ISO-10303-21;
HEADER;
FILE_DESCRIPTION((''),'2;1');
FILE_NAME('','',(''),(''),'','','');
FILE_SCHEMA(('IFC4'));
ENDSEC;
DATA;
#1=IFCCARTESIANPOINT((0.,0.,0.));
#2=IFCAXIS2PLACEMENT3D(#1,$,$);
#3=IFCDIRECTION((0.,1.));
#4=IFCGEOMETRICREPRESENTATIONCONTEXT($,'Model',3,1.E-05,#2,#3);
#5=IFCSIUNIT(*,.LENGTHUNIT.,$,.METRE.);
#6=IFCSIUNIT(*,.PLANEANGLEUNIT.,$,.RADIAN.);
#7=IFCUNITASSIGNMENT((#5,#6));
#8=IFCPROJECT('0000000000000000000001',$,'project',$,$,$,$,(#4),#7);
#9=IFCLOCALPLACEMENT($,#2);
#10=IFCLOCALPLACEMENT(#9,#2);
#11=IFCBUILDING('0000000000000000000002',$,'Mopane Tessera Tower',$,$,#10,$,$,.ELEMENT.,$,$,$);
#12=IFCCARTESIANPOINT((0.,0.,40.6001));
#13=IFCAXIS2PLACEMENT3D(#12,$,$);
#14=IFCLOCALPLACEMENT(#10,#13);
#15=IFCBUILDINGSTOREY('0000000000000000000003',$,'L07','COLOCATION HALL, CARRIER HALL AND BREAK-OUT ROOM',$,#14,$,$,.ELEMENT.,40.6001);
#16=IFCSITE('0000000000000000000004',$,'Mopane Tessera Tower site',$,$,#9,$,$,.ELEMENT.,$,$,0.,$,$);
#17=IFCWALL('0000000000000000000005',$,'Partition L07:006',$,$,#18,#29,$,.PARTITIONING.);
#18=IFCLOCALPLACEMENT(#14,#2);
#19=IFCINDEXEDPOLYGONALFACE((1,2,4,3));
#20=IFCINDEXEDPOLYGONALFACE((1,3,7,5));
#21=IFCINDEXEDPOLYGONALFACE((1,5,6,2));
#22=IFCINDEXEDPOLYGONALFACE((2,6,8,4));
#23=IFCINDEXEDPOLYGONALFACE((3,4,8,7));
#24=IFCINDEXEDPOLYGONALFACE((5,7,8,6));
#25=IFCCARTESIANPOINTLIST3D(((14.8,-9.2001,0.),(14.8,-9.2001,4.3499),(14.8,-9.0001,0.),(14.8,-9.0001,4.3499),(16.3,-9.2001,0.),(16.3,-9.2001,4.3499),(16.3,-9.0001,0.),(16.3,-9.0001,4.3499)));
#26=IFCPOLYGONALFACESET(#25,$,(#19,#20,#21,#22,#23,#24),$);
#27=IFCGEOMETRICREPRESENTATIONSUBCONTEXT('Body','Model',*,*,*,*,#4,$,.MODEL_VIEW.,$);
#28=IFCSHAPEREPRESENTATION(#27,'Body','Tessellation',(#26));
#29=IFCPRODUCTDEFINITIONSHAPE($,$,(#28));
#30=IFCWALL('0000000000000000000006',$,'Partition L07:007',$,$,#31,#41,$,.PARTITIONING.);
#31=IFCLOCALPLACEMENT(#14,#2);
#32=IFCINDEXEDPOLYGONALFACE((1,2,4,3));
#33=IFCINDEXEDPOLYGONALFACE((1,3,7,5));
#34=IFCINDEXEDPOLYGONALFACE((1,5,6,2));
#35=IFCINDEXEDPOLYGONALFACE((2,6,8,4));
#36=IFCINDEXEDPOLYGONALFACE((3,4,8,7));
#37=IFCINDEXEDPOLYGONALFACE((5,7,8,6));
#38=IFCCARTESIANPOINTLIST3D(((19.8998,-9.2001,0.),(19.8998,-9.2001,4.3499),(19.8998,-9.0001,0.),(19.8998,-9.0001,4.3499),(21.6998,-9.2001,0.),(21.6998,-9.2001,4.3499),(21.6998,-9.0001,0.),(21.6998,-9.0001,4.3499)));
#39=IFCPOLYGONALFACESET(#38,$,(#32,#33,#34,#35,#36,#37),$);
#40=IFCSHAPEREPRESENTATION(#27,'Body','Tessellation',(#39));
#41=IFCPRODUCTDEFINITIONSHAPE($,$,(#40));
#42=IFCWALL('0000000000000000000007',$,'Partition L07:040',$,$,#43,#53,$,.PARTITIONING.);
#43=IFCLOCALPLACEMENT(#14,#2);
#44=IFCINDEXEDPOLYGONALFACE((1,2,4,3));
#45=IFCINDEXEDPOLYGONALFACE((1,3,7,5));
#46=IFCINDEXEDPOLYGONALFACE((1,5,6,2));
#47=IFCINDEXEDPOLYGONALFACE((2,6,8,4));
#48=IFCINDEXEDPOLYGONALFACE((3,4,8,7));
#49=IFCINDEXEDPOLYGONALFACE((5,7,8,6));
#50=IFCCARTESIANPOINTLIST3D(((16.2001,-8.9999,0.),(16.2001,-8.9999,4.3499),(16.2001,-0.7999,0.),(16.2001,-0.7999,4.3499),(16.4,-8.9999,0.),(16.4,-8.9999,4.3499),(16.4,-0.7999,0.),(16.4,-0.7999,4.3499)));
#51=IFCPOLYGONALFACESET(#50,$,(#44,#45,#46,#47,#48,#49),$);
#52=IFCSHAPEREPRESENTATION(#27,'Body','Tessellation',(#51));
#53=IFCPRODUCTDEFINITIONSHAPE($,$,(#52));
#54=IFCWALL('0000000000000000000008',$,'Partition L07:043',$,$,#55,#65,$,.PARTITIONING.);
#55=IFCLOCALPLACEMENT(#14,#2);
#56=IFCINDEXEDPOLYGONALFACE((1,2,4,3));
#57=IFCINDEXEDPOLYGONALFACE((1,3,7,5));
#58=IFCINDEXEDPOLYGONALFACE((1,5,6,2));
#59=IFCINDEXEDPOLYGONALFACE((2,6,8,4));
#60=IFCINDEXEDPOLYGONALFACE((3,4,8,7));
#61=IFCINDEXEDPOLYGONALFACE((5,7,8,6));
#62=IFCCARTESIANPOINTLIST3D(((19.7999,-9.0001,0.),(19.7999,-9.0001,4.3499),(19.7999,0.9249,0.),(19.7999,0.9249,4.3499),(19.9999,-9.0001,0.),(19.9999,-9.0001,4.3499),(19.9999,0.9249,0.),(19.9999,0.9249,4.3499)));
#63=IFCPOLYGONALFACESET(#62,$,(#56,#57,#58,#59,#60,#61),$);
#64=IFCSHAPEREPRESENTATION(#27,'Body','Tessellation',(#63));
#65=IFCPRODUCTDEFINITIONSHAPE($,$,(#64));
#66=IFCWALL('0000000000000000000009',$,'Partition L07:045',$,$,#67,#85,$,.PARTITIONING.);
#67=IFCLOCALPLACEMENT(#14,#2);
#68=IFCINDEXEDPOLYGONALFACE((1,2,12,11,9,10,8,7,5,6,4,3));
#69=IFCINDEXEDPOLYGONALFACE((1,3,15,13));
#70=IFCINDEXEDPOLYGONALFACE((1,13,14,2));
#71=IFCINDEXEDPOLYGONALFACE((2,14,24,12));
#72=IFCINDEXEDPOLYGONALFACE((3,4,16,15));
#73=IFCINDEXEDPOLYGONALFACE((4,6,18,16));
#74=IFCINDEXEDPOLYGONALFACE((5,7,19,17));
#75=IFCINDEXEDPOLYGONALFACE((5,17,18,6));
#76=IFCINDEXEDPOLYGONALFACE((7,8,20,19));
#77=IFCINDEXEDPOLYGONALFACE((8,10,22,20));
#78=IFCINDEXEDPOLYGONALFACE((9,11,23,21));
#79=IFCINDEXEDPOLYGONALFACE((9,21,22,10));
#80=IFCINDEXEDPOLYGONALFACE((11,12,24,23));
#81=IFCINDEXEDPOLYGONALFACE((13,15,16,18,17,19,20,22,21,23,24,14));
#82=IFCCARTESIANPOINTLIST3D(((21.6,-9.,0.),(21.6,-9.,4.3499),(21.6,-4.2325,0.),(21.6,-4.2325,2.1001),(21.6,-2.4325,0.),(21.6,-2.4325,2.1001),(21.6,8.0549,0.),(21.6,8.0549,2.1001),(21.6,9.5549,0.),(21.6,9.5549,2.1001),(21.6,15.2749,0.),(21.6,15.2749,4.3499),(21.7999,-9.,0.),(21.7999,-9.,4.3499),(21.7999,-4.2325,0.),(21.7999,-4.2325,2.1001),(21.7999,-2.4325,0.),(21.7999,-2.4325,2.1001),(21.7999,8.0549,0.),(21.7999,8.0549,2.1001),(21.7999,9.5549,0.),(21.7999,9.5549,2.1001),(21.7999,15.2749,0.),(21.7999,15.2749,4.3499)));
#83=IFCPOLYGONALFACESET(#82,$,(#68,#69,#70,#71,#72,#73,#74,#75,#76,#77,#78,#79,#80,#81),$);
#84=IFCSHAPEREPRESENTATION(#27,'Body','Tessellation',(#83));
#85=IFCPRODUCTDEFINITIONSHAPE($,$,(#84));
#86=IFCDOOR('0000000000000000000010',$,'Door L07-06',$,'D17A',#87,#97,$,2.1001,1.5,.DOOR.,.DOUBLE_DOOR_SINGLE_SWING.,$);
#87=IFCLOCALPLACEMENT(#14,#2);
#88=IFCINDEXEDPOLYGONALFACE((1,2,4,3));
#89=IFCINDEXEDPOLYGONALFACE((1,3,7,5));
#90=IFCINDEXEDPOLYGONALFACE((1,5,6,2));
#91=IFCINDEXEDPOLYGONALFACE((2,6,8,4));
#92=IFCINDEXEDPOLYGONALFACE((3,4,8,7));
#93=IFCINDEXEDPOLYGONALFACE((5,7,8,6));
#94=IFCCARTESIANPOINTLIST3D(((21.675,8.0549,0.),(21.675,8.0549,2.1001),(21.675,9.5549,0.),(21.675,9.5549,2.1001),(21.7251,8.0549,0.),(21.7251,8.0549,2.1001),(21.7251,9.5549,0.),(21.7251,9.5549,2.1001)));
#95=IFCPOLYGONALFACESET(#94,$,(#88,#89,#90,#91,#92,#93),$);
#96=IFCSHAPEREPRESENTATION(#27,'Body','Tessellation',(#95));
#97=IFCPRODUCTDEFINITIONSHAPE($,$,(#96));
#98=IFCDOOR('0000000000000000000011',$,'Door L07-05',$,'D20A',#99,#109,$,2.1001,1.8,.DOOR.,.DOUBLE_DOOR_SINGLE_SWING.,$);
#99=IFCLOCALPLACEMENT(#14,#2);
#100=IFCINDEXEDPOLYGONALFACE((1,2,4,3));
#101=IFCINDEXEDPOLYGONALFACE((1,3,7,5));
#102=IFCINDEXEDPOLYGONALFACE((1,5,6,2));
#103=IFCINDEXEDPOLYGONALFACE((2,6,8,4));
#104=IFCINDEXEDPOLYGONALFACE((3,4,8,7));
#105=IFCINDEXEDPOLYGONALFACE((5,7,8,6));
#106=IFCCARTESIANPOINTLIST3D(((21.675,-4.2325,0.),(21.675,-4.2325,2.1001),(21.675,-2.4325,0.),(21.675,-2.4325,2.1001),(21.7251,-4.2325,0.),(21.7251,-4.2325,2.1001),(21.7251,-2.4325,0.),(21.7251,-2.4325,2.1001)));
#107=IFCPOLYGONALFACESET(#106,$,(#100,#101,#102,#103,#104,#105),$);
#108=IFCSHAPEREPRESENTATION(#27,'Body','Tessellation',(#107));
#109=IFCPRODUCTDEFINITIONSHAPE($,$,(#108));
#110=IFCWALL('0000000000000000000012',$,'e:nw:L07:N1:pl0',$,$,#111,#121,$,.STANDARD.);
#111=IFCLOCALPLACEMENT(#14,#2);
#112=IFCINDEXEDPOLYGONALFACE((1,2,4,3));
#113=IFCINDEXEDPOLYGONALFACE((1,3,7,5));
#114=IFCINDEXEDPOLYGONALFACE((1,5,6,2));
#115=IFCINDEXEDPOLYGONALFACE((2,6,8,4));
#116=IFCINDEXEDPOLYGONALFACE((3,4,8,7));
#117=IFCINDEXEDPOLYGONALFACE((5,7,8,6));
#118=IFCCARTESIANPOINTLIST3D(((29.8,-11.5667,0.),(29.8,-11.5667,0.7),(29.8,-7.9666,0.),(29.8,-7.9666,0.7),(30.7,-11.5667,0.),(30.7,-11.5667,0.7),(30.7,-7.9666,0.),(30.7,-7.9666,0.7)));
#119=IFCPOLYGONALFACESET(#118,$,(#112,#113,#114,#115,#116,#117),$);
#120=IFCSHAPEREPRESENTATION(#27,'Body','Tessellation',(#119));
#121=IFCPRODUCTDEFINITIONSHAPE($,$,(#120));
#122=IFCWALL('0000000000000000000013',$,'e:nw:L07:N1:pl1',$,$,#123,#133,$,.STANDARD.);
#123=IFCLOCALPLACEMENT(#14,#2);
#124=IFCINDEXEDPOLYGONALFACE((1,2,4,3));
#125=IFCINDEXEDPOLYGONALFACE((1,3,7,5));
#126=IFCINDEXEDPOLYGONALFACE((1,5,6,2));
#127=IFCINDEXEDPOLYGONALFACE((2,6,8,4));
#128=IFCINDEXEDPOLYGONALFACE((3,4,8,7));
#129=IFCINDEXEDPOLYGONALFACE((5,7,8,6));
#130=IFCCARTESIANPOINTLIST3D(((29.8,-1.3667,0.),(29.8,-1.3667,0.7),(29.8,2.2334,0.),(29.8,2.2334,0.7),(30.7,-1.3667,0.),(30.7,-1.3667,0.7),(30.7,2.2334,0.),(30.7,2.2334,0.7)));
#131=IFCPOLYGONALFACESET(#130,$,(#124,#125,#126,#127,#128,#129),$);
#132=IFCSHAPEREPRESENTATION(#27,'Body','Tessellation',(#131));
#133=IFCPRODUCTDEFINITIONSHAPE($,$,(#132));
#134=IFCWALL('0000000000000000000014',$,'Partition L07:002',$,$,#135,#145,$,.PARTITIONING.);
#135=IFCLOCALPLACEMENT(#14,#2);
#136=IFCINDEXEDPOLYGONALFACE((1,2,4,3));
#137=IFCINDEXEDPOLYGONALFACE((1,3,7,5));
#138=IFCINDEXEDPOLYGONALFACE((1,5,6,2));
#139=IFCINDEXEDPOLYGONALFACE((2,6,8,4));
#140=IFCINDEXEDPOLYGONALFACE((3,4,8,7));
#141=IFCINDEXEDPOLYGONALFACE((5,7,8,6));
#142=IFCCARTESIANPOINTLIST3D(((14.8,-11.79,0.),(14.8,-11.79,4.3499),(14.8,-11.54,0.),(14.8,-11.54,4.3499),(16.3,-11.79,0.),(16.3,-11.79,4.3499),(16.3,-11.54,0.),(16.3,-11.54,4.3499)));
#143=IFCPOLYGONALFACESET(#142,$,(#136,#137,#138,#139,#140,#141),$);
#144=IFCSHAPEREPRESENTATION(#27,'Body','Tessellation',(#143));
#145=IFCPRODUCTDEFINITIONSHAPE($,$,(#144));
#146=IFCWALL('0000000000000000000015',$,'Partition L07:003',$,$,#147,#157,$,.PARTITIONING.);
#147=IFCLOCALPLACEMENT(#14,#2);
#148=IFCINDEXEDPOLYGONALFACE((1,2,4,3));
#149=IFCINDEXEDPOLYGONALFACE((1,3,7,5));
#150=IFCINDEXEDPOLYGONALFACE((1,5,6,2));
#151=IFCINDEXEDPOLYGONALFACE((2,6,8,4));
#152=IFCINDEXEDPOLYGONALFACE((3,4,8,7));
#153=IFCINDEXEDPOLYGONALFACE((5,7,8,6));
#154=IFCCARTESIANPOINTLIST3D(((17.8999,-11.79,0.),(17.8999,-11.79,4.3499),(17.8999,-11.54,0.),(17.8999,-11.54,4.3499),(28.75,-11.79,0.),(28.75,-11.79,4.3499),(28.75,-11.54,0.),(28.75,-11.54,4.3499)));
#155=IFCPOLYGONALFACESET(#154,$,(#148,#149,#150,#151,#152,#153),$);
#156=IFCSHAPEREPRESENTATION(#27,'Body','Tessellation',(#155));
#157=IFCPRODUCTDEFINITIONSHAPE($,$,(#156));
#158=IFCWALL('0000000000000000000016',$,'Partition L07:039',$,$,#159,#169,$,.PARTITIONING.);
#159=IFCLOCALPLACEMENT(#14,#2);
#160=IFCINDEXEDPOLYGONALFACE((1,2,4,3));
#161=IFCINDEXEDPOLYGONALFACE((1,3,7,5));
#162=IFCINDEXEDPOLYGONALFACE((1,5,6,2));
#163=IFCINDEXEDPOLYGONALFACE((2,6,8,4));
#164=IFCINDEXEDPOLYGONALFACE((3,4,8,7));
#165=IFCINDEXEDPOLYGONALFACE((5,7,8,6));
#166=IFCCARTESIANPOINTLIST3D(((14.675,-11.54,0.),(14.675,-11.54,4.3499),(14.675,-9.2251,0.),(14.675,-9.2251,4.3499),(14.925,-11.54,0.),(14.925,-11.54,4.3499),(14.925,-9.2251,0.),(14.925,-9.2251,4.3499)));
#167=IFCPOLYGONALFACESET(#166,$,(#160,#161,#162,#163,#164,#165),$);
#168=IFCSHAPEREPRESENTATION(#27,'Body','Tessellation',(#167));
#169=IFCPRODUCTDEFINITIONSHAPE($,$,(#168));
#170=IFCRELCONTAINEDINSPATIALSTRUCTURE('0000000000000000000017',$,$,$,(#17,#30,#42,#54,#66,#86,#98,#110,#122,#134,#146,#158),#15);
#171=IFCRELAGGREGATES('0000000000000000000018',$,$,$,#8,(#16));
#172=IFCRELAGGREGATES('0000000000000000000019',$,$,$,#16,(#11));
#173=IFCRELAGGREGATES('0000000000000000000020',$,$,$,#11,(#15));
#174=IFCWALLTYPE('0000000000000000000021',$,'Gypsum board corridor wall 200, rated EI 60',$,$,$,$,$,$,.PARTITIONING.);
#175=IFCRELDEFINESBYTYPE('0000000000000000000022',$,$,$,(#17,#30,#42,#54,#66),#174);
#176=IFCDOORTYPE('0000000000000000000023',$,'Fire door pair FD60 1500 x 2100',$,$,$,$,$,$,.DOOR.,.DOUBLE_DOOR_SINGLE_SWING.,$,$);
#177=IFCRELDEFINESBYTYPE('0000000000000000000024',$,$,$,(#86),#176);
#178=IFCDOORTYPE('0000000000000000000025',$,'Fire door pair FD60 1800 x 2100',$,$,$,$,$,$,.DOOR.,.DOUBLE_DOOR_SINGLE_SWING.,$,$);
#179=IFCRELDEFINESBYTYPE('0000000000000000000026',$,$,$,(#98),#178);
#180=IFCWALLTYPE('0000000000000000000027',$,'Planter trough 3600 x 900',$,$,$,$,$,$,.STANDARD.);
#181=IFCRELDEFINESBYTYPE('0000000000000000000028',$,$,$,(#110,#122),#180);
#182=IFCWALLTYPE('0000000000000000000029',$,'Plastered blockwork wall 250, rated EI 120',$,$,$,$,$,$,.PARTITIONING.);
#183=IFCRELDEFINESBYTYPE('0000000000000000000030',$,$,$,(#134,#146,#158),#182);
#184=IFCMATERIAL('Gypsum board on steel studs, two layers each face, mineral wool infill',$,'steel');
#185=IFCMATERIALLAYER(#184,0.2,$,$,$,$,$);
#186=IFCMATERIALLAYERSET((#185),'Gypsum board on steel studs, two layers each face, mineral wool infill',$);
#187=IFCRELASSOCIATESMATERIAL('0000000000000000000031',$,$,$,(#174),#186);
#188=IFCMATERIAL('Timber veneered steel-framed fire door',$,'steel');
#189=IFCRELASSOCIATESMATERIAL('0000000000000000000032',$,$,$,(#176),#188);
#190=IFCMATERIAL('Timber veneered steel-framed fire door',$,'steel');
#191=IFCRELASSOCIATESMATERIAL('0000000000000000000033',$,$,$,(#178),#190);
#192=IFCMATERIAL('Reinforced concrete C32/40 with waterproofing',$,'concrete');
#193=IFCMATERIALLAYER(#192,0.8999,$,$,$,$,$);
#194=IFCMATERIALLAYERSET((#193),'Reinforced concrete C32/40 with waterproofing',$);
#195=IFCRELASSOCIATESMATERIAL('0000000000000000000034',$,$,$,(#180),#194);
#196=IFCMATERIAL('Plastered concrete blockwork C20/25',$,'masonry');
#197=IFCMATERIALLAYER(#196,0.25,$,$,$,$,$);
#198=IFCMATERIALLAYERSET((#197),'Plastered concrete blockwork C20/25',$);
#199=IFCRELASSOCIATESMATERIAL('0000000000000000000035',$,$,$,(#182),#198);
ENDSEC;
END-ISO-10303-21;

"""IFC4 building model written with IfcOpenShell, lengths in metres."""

from ifc_helpers import new_model, si_unit, direction, frame, frame_2d, origin, place, context, subcontext, project, spatial, rectangle, extrude, material, layer, layer_set, type_object, element, fill, save


model = new_model("IFC4")

# Units and contexts
model_context = context("Model", 3, precision=1e-05, world=origin(), true_north=direction((0.0, 1.0)))
body_context = subcontext(model_context, "Body", "Model", "MODEL_VIEW")
ifc_project = project(units=[si_unit("LENGTHUNIT", "METRE"), si_unit("PLANEANGLEUNIT", "RADIAN")], contexts=[model_context])

# Site, building, storey
site_placement = place(None, origin())
site = spatial("IfcSite", under=ifc_project, at=site_placement, Name="Mopane Tessera Tower site", CompositionType="ELEMENT", RefElevation=0.0)
building_placement = place(site_placement, origin())
building = spatial("IfcBuilding", under=site, at=building_placement, Name="Mopane Tessera Tower", CompositionType="ELEMENT")
storey_placement = place(building_placement, frame((0.0, 0.0, 40.6001)))
storey = spatial("IfcBuildingStorey", under=building, at=storey_placement, Name="L07", Description="COLOCATION HALL, CARRIER HALL AND BREAK-OUT ROOM", CompositionType="ELEMENT", Elevation=40.6001)

# Walls
ifc_material_1 = material(Name="Gypsum board on steel studs, two layers each face, mineral wool infill", Category="steel")
ifc_layer_1 = layer(ifc_material_1, 0.2)
ifc_layer_set_1 = layer_set([ifc_layer_1], Name="Gypsum board on steel studs, two layers each face, mineral wool infill")
wall_type_1 = type_object("IfcWallType", Name="Gypsum board corridor wall 200, rated EI 60", PredefinedType="PARTITIONING", material=ifc_layer_set_1)
wall_1_placement = place(storey_placement, frame((14.8, -9.1001, 0.0), z_axis=(0.0, 0.0, 1.0), x_axis=(1.0, 0.0, 0.0)))
element("IfcWall", 1, at=wall_1_placement, inside=storey, type_object=wall_type_1, Name="Partition L07:006", PredefinedType="PARTITIONING", context=body_context, shape_type="SweptSolid", body=[
    extrude(rectangle(XDim=1.5, YDim=0.2, at=frame_2d((0.75, 0.0))), origin(), (0.0, 0.0, 1.0), 4.3499),
])
wall_2_placement = place(storey_placement, frame((19.8999, -9.1001, 0.0), z_axis=(0.0, 0.0, 1.0), x_axis=(1.0, 0.0, 0.0)))
element("IfcWall", 2, at=wall_2_placement, inside=storey, type_object=wall_type_1, Name="Partition L07:007", PredefinedType="PARTITIONING", context=body_context, shape_type="SweptSolid", body=[
    extrude(rectangle(XDim=1.8, YDim=0.2, at=frame_2d((0.8999, 0.0))), origin(), (0.0, 0.0, 1.0), 4.3499),
])
wall_3_placement = place(storey_placement, frame((16.3, -9.0, 0.0), z_axis=(0.0, 0.0, 1.0), x_axis=(0.0, 1.0, 0.0)))
element("IfcWall", 3, at=wall_3_placement, inside=storey, type_object=wall_type_1, Name="Partition L07:040", PredefinedType="PARTITIONING", context=body_context, shape_type="SweptSolid", body=[
    extrude(rectangle(XDim=8.2, YDim=0.2, at=frame_2d((4.1001, 0.0))), origin(), (0.0, 0.0, 1.0), 4.3499),
])
wall_4_placement = place(storey_placement, frame((19.8999, -9.0, 0.0), z_axis=(0.0, 0.0, 1.0), x_axis=(0.0, 1.0, 0.0)))
element("IfcWall", 4, at=wall_4_placement, inside=storey, type_object=wall_type_1, Name="Partition L07:043", PredefinedType="PARTITIONING", context=body_context, shape_type="SweptSolid", body=[
    extrude(rectangle(XDim=9.925, YDim=0.2, at=frame_2d((4.9624, 0.0))), origin(), (0.0, 0.0, 1.0), 4.3499),
])

# Wall, openings, doors
wall_5_placement = place(storey_placement, frame((21.7, -9.0, 0.0), z_axis=(0.0, 0.0, 1.0), x_axis=(0.0, 1.0, 0.0)))
wall_5 = element("IfcWall", 5, at=wall_5_placement, inside=storey, type_object=wall_type_1, Name="Partition L07:045", PredefinedType="PARTITIONING", context=body_context, shape_type="SweptSolid", body=[
    extrude(rectangle(XDim=24.2749, YDim=0.2, at=frame_2d((12.1375, 0.0))), origin(), (0.0, 0.0, 1.0), 4.3499),
])
opening_1_placement = place(wall_5_placement, frame((4.7676, 0.0, 0.0)))
opening_1 = element("IfcOpeningElement", 6, at=opening_1_placement, cuts=wall_5, PredefinedType="OPENING", context=body_context, shape_type="SweptSolid", body=[
    extrude(rectangle(XDim=1.8, YDim=2.1001, at=frame_2d((0.8999, 1.05))), frame((0.0, 0.1121, 0.0), z_axis=(0.0, -1.0, 0.0), x_axis=(1.0, 0.0, 0.0)), (0.0, 0.0, 1.0), 0.2239),
])
opening_2_placement = place(wall_5_placement, frame((17.0549, 0.0, 0.0)))
opening_2 = element("IfcOpeningElement", 7, at=opening_2_placement, cuts=wall_5, PredefinedType="OPENING", context=body_context, shape_type="SweptSolid", body=[
    extrude(rectangle(XDim=1.5, YDim=2.1001, at=frame_2d((0.75, 1.05))), frame((0.0, 0.1121, 0.0), z_axis=(0.0, -1.0, 0.0), x_axis=(1.0, 0.0, 0.0)), (0.0, 0.0, 1.0), 0.2239),
])
ifc_material_2 = material(Name="Timber veneered steel-framed fire door", Category="steel")
door_type_1 = type_object("IfcDoorType", Name="Fire door pair FD60 1500 x 2100", OperationType="DOUBLE_DOOR_SINGLE_SWING", PredefinedType="DOOR", material=ifc_material_2)
door_1_placement = place(opening_2_placement, origin())
door_1 = element("IfcDoor", 8, at=door_1_placement, inside=storey, type_object=door_type_1, Name="Door L07-06", ObjectType="D17A", OperationType="DOUBLE_DOOR_SINGLE_SWING", OverallHeight=2.1001, OverallWidth=1.5, PredefinedType="DOOR", context=body_context, shape_type="SweptSolid", body=[
    extrude(rectangle(XDim=1.5, YDim=2.1001, at=frame_2d((0.75, 1.05))), frame((0.0, 0.0249, 0.0), z_axis=(0.0, -1.0, 0.0), x_axis=(1.0, 0.0, 0.0)), (0.0, 0.0, 1.0), 0.05),
])
fill(opening_2, door_1)
ifc_material_3 = material(Name="Timber veneered steel-framed fire door", Category="steel")
door_type_2 = type_object("IfcDoorType", Name="Fire door pair FD60 1800 x 2100", OperationType="DOUBLE_DOOR_SINGLE_SWING", PredefinedType="DOOR", material=ifc_material_3)
door_2_placement = place(opening_1_placement, origin())
door_2 = element("IfcDoor", 9, at=door_2_placement, inside=storey, type_object=door_type_2, Name="Door L07-05", ObjectType="D20A", OperationType="DOUBLE_DOOR_SINGLE_SWING", OverallHeight=2.1001, OverallWidth=1.8, PredefinedType="DOOR", context=body_context, shape_type="SweptSolid", body=[
    extrude(rectangle(XDim=1.8, YDim=2.1001, at=frame_2d((0.8999, 1.05))), frame((0.0, 0.0249, 0.0), z_axis=(0.0, -1.0, 0.0), x_axis=(1.0, 0.0, 0.0)), (0.0, 0.0, 1.0), 0.05),
])
fill(opening_1, door_2)

# Walls
ifc_material_4 = material(Name="Reinforced concrete C32/40 with waterproofing", Category="concrete")
ifc_layer_2 = layer(ifc_material_4, 0.8999)
ifc_layer_set_2 = layer_set([ifc_layer_2], Name="Reinforced concrete C32/40 with waterproofing")
wall_type_2 = type_object("IfcWallType", Name="Planter trough 3600 x 900", PredefinedType="STANDARD", material=ifc_layer_set_2)
for number, where, z_axis, x_axis, name in (
    (10, (30.25, -11.5667, 0.0), (0.0, 0.0, 1.0), (0.0, 1.0, 0.0), "e:nw:L07:N1:pl0"),
    (11, (30.25, -1.3667, 0.0), (0.0, 0.0, 1.0), (0.0, 1.0, 0.0), "e:nw:L07:N1:pl1"),
):
    element("IfcWall", number, at=place(storey_placement, frame(where, z_axis=z_axis, x_axis=x_axis)), inside=storey, type_object=wall_type_2, Name=name, PredefinedType="STANDARD", context=body_context, shape_type="SweptSolid", body=[
        extrude(rectangle(XDim=3.6001, YDim=0.8999, at=frame_2d((1.8, 0.0))), origin(), (0.0, 0.0, 1.0), 0.7),
    ])
ifc_material_5 = material(Name="Plastered concrete blockwork C20/25", Category="masonry")
ifc_layer_3 = layer(ifc_material_5, 0.25)
ifc_layer_set_3 = layer_set([ifc_layer_3], Name="Plastered concrete blockwork C20/25")
wall_type_3 = type_object("IfcWallType", Name="Plastered blockwork wall 250, rated EI 120", PredefinedType="PARTITIONING", material=ifc_layer_set_3)
wall_6_placement = place(storey_placement, frame((14.8, -11.665, 0.0), z_axis=(0.0, 0.0, 1.0), x_axis=(1.0, 0.0, 0.0)))
element("IfcWall", 12, at=wall_6_placement, inside=storey, type_object=wall_type_3, Name="Partition L07:002", PredefinedType="PARTITIONING", context=body_context, shape_type="SweptSolid", body=[
    extrude(rectangle(XDim=1.5, YDim=0.25, at=frame_2d((0.75, 0.0))), origin(), (0.0, 0.0, 1.0), 4.3499),
])
wall_7_placement = place(storey_placement, frame((17.8999, -11.665, 0.0), z_axis=(0.0, 0.0, 1.0), x_axis=(1.0, 0.0, 0.0)))
element("IfcWall", 13, at=wall_7_placement, inside=storey, type_object=wall_type_3, Name="Partition L07:003", PredefinedType="PARTITIONING", context=body_context, shape_type="SweptSolid", body=[
    extrude(rectangle(XDim=10.8501, YDim=0.25, at=frame_2d((5.425, 0.0))), origin(), (0.0, 0.0, 1.0), 4.3499),
])
wall_8_placement = place(storey_placement, frame((14.8, -11.54, 0.0), z_axis=(0.0, 0.0, 1.0), x_axis=(0.0, 1.0, 0.0)))
element("IfcWall", 14, at=wall_8_placement, inside=storey, type_object=wall_type_3, Name="Partition L07:039", PredefinedType="PARTITIONING", context=body_context, shape_type="SweptSolid", body=[
    extrude(rectangle(XDim=2.3149, YDim=0.25, at=frame_2d((1.1575, 0.0))), origin(), (0.0, 0.0, 1.0), 4.3499),
])

save(model, "model.ifc")
